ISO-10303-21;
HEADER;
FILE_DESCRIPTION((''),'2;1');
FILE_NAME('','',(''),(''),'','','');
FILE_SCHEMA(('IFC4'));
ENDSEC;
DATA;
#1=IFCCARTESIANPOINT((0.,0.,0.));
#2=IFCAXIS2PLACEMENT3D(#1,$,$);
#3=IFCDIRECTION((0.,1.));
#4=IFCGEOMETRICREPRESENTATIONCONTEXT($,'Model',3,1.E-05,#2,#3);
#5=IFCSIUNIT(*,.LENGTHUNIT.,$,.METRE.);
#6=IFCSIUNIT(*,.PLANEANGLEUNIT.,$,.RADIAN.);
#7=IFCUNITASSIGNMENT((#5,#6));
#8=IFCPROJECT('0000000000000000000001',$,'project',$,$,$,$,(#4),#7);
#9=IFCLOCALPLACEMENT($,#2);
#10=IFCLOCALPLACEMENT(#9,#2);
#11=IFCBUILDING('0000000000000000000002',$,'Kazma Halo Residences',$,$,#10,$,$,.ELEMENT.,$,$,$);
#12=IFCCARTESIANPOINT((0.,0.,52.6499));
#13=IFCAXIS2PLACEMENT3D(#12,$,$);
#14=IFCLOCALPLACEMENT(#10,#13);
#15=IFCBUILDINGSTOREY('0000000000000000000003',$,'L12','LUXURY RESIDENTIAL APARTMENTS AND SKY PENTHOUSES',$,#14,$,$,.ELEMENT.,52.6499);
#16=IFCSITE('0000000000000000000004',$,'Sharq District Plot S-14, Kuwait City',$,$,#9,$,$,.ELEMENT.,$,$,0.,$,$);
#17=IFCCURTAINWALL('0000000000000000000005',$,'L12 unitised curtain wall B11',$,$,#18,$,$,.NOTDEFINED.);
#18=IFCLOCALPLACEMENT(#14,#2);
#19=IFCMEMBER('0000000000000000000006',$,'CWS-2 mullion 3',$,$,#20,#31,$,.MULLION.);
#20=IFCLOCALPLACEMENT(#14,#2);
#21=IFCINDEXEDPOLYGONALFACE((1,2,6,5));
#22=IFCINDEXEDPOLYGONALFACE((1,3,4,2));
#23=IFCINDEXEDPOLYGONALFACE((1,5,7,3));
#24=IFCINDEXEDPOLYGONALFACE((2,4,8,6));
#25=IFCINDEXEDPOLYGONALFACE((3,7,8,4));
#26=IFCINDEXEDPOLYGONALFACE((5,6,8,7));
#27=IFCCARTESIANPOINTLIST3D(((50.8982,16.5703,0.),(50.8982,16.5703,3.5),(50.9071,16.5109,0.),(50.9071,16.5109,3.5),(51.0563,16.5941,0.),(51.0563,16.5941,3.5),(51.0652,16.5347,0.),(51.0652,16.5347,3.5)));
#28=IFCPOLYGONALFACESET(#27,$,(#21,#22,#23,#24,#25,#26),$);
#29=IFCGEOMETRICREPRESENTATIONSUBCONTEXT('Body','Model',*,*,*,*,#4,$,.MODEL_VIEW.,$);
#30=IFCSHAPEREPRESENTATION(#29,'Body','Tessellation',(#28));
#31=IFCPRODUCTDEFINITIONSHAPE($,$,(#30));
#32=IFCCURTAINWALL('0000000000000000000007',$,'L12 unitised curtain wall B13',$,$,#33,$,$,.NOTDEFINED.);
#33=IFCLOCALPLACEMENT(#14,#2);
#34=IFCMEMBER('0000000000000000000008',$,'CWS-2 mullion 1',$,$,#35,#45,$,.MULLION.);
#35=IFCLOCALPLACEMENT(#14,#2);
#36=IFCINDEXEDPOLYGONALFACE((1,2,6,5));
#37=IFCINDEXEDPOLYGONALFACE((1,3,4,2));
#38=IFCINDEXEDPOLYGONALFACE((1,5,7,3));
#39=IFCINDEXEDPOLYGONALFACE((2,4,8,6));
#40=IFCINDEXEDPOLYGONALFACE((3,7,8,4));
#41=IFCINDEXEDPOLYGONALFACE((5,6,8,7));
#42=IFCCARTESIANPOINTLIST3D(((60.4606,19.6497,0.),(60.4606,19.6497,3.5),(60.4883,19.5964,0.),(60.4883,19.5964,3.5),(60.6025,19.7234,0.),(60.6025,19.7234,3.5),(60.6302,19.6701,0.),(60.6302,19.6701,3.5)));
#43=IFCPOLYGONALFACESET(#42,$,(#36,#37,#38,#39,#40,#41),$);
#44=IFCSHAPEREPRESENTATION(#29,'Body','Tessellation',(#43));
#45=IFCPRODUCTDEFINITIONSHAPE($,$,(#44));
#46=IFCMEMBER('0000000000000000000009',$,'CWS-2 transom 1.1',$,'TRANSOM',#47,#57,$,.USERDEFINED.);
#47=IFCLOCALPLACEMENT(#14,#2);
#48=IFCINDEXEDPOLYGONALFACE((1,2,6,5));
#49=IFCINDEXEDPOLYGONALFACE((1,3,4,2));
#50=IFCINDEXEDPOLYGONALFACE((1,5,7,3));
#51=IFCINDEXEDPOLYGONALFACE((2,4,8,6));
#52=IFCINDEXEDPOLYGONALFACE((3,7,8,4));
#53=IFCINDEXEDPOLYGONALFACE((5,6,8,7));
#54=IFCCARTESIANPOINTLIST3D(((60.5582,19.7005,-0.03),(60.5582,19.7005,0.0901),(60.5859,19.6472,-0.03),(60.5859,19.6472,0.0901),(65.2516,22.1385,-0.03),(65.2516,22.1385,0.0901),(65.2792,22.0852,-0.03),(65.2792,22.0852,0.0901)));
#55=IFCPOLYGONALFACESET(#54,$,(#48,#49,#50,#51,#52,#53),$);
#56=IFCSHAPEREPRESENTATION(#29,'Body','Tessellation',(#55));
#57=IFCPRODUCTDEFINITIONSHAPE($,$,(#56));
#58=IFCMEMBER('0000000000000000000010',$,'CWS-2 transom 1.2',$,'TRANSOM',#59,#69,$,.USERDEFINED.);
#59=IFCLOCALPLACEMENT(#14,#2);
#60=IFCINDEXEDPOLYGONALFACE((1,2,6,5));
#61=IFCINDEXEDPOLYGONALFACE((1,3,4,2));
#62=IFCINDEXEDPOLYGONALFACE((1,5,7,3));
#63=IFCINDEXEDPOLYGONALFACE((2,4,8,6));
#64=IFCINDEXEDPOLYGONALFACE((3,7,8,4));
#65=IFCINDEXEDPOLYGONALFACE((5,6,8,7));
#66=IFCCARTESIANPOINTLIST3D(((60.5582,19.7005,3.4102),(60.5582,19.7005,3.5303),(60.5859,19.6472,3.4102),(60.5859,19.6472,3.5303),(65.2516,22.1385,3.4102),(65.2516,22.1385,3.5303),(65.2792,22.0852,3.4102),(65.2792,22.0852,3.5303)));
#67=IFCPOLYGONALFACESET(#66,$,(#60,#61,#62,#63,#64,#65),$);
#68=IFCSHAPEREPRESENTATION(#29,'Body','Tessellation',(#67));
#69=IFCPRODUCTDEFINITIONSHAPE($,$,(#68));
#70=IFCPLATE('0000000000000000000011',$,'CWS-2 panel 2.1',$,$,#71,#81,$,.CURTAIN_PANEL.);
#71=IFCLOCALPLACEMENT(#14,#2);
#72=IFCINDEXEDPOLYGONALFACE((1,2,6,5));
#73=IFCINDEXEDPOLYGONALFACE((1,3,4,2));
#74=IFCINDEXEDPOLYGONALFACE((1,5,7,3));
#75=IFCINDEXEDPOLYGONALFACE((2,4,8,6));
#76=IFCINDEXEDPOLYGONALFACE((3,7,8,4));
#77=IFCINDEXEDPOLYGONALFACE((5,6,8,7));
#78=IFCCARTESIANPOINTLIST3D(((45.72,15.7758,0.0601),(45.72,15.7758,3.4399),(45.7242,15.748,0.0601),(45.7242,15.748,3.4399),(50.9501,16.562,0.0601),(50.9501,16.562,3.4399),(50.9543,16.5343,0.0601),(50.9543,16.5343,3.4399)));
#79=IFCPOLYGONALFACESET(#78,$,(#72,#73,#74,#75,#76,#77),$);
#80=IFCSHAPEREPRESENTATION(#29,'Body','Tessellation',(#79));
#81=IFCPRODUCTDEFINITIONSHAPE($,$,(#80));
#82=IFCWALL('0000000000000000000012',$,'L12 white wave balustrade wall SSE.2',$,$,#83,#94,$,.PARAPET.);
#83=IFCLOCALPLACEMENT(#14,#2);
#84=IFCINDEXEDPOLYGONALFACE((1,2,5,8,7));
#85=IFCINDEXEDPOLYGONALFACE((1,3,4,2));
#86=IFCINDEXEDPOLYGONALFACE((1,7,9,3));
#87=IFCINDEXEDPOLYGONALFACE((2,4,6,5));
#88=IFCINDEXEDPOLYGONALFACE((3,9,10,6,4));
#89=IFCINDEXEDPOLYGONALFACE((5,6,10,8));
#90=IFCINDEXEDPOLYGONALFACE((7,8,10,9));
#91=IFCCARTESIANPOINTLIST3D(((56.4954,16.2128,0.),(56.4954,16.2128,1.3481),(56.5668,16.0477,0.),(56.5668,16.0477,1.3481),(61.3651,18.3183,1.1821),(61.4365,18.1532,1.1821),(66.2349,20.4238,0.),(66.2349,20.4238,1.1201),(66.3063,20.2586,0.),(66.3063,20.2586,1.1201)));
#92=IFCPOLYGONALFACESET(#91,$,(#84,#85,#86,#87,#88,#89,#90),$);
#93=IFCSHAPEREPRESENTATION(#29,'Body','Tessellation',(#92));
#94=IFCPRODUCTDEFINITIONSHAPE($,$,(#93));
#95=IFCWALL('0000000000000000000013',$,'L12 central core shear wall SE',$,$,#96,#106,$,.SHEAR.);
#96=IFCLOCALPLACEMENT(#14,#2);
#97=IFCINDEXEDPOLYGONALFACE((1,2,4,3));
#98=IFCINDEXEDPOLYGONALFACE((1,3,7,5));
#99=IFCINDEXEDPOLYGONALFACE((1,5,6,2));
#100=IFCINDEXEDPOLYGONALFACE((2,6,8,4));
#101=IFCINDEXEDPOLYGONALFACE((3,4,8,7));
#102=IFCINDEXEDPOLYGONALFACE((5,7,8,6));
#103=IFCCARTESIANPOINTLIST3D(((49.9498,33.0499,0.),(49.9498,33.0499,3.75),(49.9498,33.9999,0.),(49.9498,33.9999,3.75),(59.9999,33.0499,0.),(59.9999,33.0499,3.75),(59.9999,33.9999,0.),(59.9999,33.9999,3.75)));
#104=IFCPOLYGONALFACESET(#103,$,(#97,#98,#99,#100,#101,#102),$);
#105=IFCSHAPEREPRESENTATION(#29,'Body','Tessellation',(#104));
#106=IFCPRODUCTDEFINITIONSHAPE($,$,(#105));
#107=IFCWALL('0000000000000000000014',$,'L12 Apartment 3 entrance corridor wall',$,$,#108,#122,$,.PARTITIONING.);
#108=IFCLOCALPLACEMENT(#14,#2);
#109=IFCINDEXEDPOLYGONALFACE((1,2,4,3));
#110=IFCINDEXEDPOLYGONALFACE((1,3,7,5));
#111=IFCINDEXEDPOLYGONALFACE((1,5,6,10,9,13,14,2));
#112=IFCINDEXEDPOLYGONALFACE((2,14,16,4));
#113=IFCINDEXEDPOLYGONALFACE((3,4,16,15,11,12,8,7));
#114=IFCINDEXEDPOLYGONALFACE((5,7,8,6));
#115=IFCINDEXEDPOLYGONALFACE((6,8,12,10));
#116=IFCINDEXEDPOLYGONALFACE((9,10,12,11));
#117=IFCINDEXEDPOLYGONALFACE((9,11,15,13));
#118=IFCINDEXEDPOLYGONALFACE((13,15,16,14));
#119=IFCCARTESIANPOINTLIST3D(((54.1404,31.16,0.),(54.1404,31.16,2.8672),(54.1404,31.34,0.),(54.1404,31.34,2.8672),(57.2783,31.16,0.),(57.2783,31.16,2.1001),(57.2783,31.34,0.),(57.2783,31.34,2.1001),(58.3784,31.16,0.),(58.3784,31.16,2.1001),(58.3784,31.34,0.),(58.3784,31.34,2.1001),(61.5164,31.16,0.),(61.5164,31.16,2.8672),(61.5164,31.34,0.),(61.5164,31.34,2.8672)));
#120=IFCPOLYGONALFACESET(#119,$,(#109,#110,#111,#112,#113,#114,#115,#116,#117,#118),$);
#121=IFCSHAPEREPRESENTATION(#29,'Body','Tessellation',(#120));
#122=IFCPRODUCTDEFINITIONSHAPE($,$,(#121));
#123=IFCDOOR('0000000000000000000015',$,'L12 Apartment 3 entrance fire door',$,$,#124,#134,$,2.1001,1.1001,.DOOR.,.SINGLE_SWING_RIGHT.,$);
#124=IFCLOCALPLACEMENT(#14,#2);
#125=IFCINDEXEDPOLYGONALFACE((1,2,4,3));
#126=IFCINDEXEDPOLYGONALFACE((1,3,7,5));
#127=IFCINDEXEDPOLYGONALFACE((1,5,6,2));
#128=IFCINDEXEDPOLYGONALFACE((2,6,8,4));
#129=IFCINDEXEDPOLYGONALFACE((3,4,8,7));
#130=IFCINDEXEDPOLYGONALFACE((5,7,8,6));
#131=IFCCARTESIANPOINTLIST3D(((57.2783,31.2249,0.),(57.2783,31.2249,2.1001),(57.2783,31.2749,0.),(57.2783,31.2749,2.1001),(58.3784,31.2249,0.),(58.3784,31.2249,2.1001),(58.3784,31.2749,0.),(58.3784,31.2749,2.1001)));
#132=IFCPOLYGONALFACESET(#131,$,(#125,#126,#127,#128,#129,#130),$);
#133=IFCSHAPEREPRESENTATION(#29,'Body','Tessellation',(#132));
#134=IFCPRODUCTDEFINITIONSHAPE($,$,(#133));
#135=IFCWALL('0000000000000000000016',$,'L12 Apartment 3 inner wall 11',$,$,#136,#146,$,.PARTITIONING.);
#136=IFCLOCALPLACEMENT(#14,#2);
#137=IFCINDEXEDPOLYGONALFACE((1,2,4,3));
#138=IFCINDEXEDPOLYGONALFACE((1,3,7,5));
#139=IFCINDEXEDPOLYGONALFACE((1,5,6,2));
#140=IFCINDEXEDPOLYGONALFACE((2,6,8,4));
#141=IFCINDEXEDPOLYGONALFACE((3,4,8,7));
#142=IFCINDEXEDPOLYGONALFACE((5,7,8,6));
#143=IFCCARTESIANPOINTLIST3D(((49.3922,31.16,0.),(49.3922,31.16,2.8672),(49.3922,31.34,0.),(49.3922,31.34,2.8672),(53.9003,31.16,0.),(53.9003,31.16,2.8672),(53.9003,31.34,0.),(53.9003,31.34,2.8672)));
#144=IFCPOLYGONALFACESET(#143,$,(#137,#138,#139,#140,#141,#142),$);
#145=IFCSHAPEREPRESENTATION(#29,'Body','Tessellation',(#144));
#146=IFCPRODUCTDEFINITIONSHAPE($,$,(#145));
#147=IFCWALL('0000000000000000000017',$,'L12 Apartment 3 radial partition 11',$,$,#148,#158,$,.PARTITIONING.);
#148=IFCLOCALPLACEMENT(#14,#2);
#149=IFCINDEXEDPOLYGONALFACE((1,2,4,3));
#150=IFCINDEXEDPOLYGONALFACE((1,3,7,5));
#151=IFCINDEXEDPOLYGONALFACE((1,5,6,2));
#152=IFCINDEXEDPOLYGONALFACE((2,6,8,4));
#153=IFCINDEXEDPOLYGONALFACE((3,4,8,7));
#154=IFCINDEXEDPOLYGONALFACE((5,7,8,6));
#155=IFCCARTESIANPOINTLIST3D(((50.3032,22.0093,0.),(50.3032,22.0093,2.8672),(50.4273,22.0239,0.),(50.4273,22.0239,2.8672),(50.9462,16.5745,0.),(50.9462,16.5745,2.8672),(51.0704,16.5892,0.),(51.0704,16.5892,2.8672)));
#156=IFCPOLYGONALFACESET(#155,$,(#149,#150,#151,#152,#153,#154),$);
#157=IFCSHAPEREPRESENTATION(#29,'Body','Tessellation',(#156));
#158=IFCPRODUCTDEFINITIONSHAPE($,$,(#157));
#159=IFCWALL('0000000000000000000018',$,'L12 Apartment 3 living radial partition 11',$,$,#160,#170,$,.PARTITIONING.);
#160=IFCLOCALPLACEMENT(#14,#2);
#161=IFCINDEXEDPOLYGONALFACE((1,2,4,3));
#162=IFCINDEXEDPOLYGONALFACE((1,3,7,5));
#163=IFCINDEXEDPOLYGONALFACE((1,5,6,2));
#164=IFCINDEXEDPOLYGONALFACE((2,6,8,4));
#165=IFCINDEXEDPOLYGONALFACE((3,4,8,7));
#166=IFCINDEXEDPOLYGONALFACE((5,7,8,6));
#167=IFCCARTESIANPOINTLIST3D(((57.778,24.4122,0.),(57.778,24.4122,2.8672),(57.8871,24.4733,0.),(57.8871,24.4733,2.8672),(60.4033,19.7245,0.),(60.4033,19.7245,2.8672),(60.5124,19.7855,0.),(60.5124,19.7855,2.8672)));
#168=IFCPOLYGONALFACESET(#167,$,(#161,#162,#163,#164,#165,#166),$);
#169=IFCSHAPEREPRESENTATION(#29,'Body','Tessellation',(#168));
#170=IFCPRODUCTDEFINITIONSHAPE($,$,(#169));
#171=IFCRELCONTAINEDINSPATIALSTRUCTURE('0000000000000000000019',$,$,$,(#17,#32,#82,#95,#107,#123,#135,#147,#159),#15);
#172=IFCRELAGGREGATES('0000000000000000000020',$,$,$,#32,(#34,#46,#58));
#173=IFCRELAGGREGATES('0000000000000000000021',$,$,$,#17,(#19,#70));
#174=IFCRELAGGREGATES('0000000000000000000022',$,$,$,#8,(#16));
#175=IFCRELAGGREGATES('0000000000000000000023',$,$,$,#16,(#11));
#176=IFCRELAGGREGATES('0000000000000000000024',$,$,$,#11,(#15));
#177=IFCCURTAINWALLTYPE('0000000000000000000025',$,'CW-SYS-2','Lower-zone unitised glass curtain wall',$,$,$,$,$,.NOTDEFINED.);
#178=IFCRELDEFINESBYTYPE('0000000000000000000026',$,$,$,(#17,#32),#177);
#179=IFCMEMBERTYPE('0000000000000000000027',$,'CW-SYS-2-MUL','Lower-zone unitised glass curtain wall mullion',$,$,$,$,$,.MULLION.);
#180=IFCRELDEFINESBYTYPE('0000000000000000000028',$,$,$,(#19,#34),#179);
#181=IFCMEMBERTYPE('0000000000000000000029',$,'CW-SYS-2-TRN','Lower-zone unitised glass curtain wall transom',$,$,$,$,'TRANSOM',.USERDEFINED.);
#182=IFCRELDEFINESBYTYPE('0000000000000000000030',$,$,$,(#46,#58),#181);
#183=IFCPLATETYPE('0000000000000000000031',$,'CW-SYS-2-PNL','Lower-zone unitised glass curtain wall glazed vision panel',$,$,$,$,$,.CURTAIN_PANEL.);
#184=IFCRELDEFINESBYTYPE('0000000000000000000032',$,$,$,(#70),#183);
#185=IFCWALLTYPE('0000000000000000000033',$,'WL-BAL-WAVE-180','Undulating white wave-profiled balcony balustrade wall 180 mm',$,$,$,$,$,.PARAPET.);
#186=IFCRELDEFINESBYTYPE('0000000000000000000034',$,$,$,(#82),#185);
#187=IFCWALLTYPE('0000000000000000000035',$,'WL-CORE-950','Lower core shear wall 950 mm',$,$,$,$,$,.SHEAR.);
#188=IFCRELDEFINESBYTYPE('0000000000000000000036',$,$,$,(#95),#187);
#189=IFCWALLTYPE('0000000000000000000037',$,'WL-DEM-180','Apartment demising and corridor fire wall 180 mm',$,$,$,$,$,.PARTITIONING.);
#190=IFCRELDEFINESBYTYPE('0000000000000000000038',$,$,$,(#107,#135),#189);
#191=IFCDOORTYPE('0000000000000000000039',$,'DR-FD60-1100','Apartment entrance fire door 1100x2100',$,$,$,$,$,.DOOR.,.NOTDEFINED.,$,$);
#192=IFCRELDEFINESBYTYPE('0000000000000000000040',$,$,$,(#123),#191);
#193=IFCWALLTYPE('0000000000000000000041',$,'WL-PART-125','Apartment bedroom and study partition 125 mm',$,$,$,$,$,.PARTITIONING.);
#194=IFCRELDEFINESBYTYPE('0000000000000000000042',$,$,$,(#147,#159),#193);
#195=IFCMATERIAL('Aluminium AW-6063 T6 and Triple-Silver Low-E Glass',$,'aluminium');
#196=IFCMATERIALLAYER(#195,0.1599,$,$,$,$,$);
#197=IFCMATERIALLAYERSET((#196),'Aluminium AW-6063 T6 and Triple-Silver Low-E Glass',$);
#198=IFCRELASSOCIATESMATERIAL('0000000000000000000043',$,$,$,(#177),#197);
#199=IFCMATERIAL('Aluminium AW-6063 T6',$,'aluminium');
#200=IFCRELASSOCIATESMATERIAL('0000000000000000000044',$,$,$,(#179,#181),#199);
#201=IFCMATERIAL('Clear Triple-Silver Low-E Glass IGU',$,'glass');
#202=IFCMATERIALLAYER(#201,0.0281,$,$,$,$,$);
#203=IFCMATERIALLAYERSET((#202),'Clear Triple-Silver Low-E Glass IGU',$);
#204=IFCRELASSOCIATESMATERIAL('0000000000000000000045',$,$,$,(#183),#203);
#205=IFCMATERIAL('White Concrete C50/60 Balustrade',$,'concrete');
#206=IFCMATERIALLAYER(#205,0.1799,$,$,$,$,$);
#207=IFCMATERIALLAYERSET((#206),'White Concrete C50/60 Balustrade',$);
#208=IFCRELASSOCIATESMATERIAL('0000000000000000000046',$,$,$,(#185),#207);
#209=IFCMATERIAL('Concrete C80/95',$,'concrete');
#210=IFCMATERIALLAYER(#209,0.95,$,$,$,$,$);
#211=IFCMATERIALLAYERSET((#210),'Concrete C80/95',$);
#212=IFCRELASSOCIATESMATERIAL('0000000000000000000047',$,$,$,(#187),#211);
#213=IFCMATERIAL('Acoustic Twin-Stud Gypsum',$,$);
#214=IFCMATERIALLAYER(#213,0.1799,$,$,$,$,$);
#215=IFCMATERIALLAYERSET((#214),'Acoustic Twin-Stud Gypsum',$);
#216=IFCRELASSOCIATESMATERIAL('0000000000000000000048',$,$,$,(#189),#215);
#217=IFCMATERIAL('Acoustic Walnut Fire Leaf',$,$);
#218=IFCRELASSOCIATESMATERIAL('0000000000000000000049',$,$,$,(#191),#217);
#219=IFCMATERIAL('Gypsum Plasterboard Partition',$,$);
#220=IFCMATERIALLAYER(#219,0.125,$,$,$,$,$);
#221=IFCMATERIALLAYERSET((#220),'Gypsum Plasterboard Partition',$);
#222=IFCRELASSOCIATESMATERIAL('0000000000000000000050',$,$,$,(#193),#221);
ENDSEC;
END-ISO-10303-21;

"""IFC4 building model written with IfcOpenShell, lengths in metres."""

from ifc_helpers import new_model, si_unit, direction, frame, frame_2d, origin, origin_2d, place, context, subcontext, project, spatial, polyline, rectangle, outline, extrude, material, layer, layer_set, material_profile, profile_set, type_object, element, fill, aggregate, save


model = new_model("IFC4")

# Units and contexts
model_context = context("Model", 3, precision=1e-05, world=origin(), true_north=direction((0.0, 1.0)))
body_context = subcontext(model_context, "Body", "Model", "MODEL_VIEW")
ifc_project = project(units=[si_unit("LENGTHUNIT", "METRE"), si_unit("PLANEANGLEUNIT", "RADIAN")], contexts=[model_context])

# Site, building, storey
site_placement = place(None, origin())
site = spatial("IfcSite", under=ifc_project, at=site_placement, Name="Sharq District Plot S-14, Kuwait City", CompositionType="ELEMENT", RefElevation=0.0)
building_placement = place(site_placement, origin())
building = spatial("IfcBuilding", under=site, at=building_placement, Name="Kazma Halo Residences", CompositionType="ELEMENT")
storey_placement = place(building_placement, frame((0.0, 0.0, 52.6499)))
storey = spatial("IfcBuildingStorey", under=building, at=storey_placement, Name="L12", Description="LUXURY RESIDENTIAL APARTMENTS AND SKY PENTHOUSES", CompositionType="ELEMENT", Elevation=52.6499)

# Shared definitions
ifc_material_1 = material(Name="Concrete C80/95", Category="concrete")

# Curtain wall, member
ifc_material_2 = material(Name="Aluminium AW-6063 T6 and Triple-Silver Low-E Glass", Category="aluminium")
ifc_layer_1 = layer(ifc_material_2, 0.1599)
ifc_layer_set_1 = layer_set([ifc_layer_1], Name="Aluminium AW-6063 T6 and Triple-Silver Low-E Glass")
curtain_wall_type = type_object("IfcCurtainWallType", Name="CW-SYS-2", Description="Lower-zone unitised glass curtain wall", PredefinedType="NOTDEFINED", material=ifc_layer_set_1)
curtain_wall_1_placement = place(storey_placement, origin())
curtain_wall_1 = element("IfcCurtainWall", 1, at=curtain_wall_1_placement, inside=storey, type_object=curtain_wall_type, Name="L12 unitised curtain wall B11", PredefinedType="NOTDEFINED")
ifc_material_3 = material(Name="Aluminium AW-6063 T6", Category="aluminium")
ifc_material_profile_1 = material_profile(ifc_material_3, rectangle(XDim=0.0601, YDim=0.1599, at=origin_2d()), Name="CWM-60x160")
ifc_profile_set_1 = profile_set([ifc_material_profile_1], Name="Aluminium AW-6063 T6")
member_type_1 = type_object("IfcMemberType", Name="CW-SYS-2-MUL", Description="Lower-zone unitised glass curtain wall mullion", PredefinedType="MULLION", material=ifc_profile_set_1)
member_1_placement = place(storey_placement, frame((50.9817, 16.5525, 0.0), z_axis=(0.0, 0.0, 1.0), x_axis=(-0.148657, 0.988889, 0.0)))
member_1 = element("IfcMember", 2, at=member_1_placement, type_object=member_type_1, Name="CWS-2 mullion 3", PredefinedType="MULLION", context=body_context, shape_type="SweptSolid", body=[
    extrude(rectangle(XDim=0.0601, YDim=0.1599, at=origin_2d()), origin(), (0.0, 0.0, 1.0), 3.5),
])

# Curtain wall, members
curtain_wall_2_placement = place(storey_placement, origin())
curtain_wall_2 = element("IfcCurtainWall", 3, at=curtain_wall_2_placement, inside=storey, type_object=curtain_wall_type, Name="L12 unitised curtain wall B13", PredefinedType="NOTDEFINED")
member_2_placement = place(storey_placement, frame((60.5454, 19.6599, 0.0), z_axis=(0.0, 0.0, 1.0), x_axis=(-0.460996, 0.887402, 0.0)))
member_2 = element("IfcMember", 4, at=member_2_placement, type_object=member_type_1, Name="CWS-2 mullion 1", PredefinedType="MULLION", context=body_context, shape_type="SweptSolid", body=[
    extrude(rectangle(XDim=0.0601, YDim=0.1599, at=origin_2d()), origin(), (0.0, 0.0, 1.0), 3.5),
])
ifc_material_profile_2 = material_profile(ifc_material_3, rectangle(XDim=0.0601, YDim=0.1201, at=origin_2d()), Name="CWT-60x120")
ifc_profile_set_2 = profile_set([ifc_material_profile_2], Name="Aluminium AW-6063 T6")
member_type_2 = type_object("IfcMemberType", Name="CW-SYS-2-TRN", Description="Lower-zone unitised glass curtain wall transom", ElementType="TRANSOM", PredefinedType="USERDEFINED", material=ifc_profile_set_2)
member_3_placement = place(storey_placement, frame((60.572, 19.6738, 0.03), z_axis=(0.887415, 0.460972, 0.0), x_axis=(-0.460972, 0.887415, 0.0)))
member_3 = element("IfcMember", 5, at=member_3_placement, type_object=member_type_2, Name="CWS-2 transom 1.1", ObjectType="TRANSOM", PredefinedType="USERDEFINED", context=body_context, shape_type="SweptSolid", body=[
    extrude(rectangle(XDim=0.0601, YDim=0.1201, at=origin_2d()), origin(), (0.0, 0.0, 1.0), 5.2888),
])
member_4_placement = place(storey_placement, frame((60.572, 19.6738, 3.4702), z_axis=(0.887415, 0.460972, 0.0), x_axis=(-0.460972, 0.887415, 0.0)))
member_4 = element("IfcMember", 6, at=member_4_placement, type_object=member_type_2, Name="CWS-2 transom 1.2", ObjectType="TRANSOM", PredefinedType="USERDEFINED", context=body_context, shape_type="SweptSolid", body=[
    extrude(rectangle(XDim=0.0601, YDim=0.1201, at=origin_2d()), origin(), (0.0, 0.0, 1.0), 5.2888),
])
aggregate(curtain_wall_2, [member_2, member_3, member_4])

# Plate
ifc_material_4 = material(Name="Clear Triple-Silver Low-E Glass IGU", Category="glass")
ifc_layer_2 = layer(ifc_material_4, 0.0281)
ifc_layer_set_2 = layer_set([ifc_layer_2], Name="Clear Triple-Silver Low-E Glass IGU")
plate_type = type_object("IfcPlateType", Name="CW-SYS-2-PNL", Description="Lower-zone unitised glass curtain wall glazed vision panel", PredefinedType="CURTAIN_PANEL", material=ifc_layer_set_2)
plate_placement = place(storey_placement, frame((48.3372, 16.155, 0.0601), z_axis=(0.0, 0.0, 1.0), x_axis=(0.988889, 0.148657, 0.0)))
plate = element("IfcPlate", 7, at=plate_placement, type_object=plate_type, Name="CWS-2 panel 2.1", PredefinedType="CURTAIN_PANEL", context=body_context, shape_type="SweptSolid", body=[
    extrude(rectangle(XDim=5.2888, YDim=0.0281, at=origin_2d()), origin(), (0.0, 0.0, 1.0), 3.3799),
])
aggregate(curtain_wall_1, [member_1, plate])

# Walls
ifc_material_5 = material(Name="White Concrete C50/60 Balustrade", Category="concrete")
ifc_layer_3 = layer(ifc_material_5, 0.1799)
ifc_layer_set_3 = layer_set([ifc_layer_3], Name="White Concrete C50/60 Balustrade")
wall_type_1 = type_object("IfcWallType", Name="WL-BAL-WAVE-180", Description="Undulating white wave-profiled balcony balustrade wall 180 mm", PredefinedType="PARAPET", material=ifc_layer_set_3)
wall_1_placement = place(storey_placement, frame((56.531, 16.1304, 0.0), z_axis=(0.0, 0.0, 1.0), x_axis=(0.917882, 0.396852, 0.0)))
element("IfcWall", 8, at=wall_1_placement, inside=storey, type_object=wall_type_1, Name="L12 white wave balustrade wall SSE.2", PredefinedType="PARAPET", context=body_context, shape_type="SweptSolid", body=[
    extrude(outline(polyline([(0.0, 0.0), (10.6108, 0.0), (10.6108, 1.1201), (5.3054, 1.1821), (0.0, 1.3481), (0.0, 0.0)])), frame((0.0, 0.0898, 0.0), z_axis=(0.0, -1.0, 0.0), x_axis=(1.0, 0.0, 0.0)), (0.0, 0.0, 1.0), 0.1799),
])
ifc_layer_4 = layer(ifc_material_1, 0.95)
ifc_layer_set_4 = layer_set([ifc_layer_4], Name="Concrete C80/95")
wall_type_2 = type_object("IfcWallType", Name="WL-CORE-950", Description="Lower core shear wall 950 mm", PredefinedType="SHEAR", material=ifc_layer_set_4)
wall_2_placement = place(storey_placement, frame((49.95, 33.5249, 0.0), z_axis=(0.0, 0.0, 1.0), x_axis=(1.0, 0.0, 0.0)))
element("IfcWall", 9, at=wall_2_placement, inside=storey, type_object=wall_type_2, Name="L12 central core shear wall SE", PredefinedType="SHEAR", context=body_context, shape_type="SweptSolid", body=[
    extrude(rectangle(XDim=10.05, YDim=0.95, at=frame_2d((5.0249, 0.0))), origin(), (0.0, 0.0, 1.0), 3.75),
])

# Wall, opening, door
ifc_material_6 = material(Name="Acoustic Twin-Stud Gypsum")
ifc_layer_5 = layer(ifc_material_6, 0.1799)
ifc_layer_set_5 = layer_set([ifc_layer_5], Name="Acoustic Twin-Stud Gypsum")
wall_type_3 = type_object("IfcWallType", Name="WL-DEM-180", Description="Apartment demising and corridor fire wall 180 mm", PredefinedType="PARTITIONING", material=ifc_layer_set_5)
wall_3_placement = place(storey_placement, frame((54.1404, 31.25, 0.0), z_axis=(0.0, 0.0, 1.0), x_axis=(1.0, 0.0, 0.0)))
wall_3 = element("IfcWall", 10, at=wall_3_placement, inside=storey, type_object=wall_type_3, Name="L12 Apartment 3 entrance corridor wall", PredefinedType="PARTITIONING", context=body_context, shape_type="SweptSolid", body=[
    extrude(rectangle(XDim=7.376, YDim=0.1799, at=frame_2d((3.688, 0.0))), origin(), (0.0, 0.0, 1.0), 2.8672),
])
opening_1_placement = place(wall_3_placement, frame((3.1379, 0.0, 0.0)))
opening_1 = element("IfcOpeningElement", 11, at=opening_1_placement, cuts=wall_3, PredefinedType="OPENING", context=body_context, shape_type="SweptSolid", body=[
    extrude(rectangle(XDim=1.1001, YDim=2.1001, at=frame_2d((0.55, 1.05))), frame((0.0, 0.0999, 0.0), z_axis=(0.0, -1.0, 0.0), x_axis=(1.0, 0.0, 0.0)), (0.0, 0.0, 1.0), 0.2),
])
ifc_material_7 = material(Name="Acoustic Walnut Fire Leaf")
door_type_1 = type_object("IfcDoorType", Name="DR-FD60-1100", Description="Apartment entrance fire door 1100x2100", OperationType="NOTDEFINED", PredefinedType="DOOR", material=ifc_material_7)
door_1_placement = place(opening_1_placement, origin())
door_1 = element("IfcDoor", 12, at=door_1_placement, inside=storey, type_object=door_type_1, Name="L12 Apartment 3 entrance fire door", OperationType="SINGLE_SWING_RIGHT", OverallHeight=2.1001, OverallWidth=1.1001, PredefinedType="DOOR", context=body_context, shape_type="SweptSolid", body=[
    extrude(rectangle(XDim=1.1001, YDim=2.1001, at=frame_2d((0.55, 1.05))), frame((0.0, 0.0249, 0.0), z_axis=(0.0, -1.0, 0.0), x_axis=(1.0, 0.0, 0.0)), (0.0, 0.0, 1.0), 0.05),
])
fill(opening_1, door_1)

# Wall
wall_4_placement = place(storey_placement, frame((49.3923, 31.25, 0.0), z_axis=(0.0, 0.0, 1.0), x_axis=(1.0, 0.0, 0.0)))
element("IfcWall", 13, at=wall_4_placement, inside=storey, type_object=wall_type_3, Name="L12 Apartment 3 inner wall 11", PredefinedType="PARTITIONING", context=body_context, shape_type="SweptSolid", body=[
    extrude(rectangle(XDim=4.5081, YDim=0.1799, at=frame_2d((2.2539, 0.0))), origin(), (0.0, 0.0, 1.0), 2.8672),
])

# Walls
ifc_material_8 = material(Name="Gypsum Plasterboard Partition")
ifc_layer_6 = layer(ifc_material_8, 0.125)
ifc_layer_set_6 = layer_set([ifc_layer_6], Name="Gypsum Plasterboard Partition")
wall_type_4 = type_object("IfcWallType", Name="WL-PART-125", Description="Apartment bedroom and study partition 125 mm", PredefinedType="PARTITIONING", material=ifc_layer_set_6)
wall_5_placement = place(storey_placement, frame((50.3652, 22.0166, 0.0), z_axis=(0.0, 0.0, 1.0), x_axis=(0.117504, -0.993072, 0.0)))
element("IfcWall", 14, at=wall_5_placement, inside=storey, type_object=wall_type_4, Name="L12 Apartment 3 radial partition 11", PredefinedType="PARTITIONING", context=body_context, shape_type="SweptSolid", body=[
    extrude(rectangle(XDim=5.4727, YDim=0.125, at=frame_2d((2.7363, 0.0))), origin(), (0.0, 0.0, 1.0), 2.8672),
])
wall_6_placement = place(storey_placement, frame((57.8325, 24.4429, 0.0), z_axis=(0.0, 0.0, 1.0), x_axis=(0.488619, -0.872497, 0.0)))
element("IfcWall", 15, at=wall_6_placement, inside=storey, type_object=wall_type_4, Name="L12 Apartment 3 living radial partition 11", PredefinedType="PARTITIONING", context=body_context, shape_type="SweptSolid", body=[
    extrude(rectangle(XDim=5.3728, YDim=0.125, at=frame_2d((2.6865, 0.0))), origin(), (0.0, 0.0, 1.0), 2.8672),
])

save(model, "model.ifc")
